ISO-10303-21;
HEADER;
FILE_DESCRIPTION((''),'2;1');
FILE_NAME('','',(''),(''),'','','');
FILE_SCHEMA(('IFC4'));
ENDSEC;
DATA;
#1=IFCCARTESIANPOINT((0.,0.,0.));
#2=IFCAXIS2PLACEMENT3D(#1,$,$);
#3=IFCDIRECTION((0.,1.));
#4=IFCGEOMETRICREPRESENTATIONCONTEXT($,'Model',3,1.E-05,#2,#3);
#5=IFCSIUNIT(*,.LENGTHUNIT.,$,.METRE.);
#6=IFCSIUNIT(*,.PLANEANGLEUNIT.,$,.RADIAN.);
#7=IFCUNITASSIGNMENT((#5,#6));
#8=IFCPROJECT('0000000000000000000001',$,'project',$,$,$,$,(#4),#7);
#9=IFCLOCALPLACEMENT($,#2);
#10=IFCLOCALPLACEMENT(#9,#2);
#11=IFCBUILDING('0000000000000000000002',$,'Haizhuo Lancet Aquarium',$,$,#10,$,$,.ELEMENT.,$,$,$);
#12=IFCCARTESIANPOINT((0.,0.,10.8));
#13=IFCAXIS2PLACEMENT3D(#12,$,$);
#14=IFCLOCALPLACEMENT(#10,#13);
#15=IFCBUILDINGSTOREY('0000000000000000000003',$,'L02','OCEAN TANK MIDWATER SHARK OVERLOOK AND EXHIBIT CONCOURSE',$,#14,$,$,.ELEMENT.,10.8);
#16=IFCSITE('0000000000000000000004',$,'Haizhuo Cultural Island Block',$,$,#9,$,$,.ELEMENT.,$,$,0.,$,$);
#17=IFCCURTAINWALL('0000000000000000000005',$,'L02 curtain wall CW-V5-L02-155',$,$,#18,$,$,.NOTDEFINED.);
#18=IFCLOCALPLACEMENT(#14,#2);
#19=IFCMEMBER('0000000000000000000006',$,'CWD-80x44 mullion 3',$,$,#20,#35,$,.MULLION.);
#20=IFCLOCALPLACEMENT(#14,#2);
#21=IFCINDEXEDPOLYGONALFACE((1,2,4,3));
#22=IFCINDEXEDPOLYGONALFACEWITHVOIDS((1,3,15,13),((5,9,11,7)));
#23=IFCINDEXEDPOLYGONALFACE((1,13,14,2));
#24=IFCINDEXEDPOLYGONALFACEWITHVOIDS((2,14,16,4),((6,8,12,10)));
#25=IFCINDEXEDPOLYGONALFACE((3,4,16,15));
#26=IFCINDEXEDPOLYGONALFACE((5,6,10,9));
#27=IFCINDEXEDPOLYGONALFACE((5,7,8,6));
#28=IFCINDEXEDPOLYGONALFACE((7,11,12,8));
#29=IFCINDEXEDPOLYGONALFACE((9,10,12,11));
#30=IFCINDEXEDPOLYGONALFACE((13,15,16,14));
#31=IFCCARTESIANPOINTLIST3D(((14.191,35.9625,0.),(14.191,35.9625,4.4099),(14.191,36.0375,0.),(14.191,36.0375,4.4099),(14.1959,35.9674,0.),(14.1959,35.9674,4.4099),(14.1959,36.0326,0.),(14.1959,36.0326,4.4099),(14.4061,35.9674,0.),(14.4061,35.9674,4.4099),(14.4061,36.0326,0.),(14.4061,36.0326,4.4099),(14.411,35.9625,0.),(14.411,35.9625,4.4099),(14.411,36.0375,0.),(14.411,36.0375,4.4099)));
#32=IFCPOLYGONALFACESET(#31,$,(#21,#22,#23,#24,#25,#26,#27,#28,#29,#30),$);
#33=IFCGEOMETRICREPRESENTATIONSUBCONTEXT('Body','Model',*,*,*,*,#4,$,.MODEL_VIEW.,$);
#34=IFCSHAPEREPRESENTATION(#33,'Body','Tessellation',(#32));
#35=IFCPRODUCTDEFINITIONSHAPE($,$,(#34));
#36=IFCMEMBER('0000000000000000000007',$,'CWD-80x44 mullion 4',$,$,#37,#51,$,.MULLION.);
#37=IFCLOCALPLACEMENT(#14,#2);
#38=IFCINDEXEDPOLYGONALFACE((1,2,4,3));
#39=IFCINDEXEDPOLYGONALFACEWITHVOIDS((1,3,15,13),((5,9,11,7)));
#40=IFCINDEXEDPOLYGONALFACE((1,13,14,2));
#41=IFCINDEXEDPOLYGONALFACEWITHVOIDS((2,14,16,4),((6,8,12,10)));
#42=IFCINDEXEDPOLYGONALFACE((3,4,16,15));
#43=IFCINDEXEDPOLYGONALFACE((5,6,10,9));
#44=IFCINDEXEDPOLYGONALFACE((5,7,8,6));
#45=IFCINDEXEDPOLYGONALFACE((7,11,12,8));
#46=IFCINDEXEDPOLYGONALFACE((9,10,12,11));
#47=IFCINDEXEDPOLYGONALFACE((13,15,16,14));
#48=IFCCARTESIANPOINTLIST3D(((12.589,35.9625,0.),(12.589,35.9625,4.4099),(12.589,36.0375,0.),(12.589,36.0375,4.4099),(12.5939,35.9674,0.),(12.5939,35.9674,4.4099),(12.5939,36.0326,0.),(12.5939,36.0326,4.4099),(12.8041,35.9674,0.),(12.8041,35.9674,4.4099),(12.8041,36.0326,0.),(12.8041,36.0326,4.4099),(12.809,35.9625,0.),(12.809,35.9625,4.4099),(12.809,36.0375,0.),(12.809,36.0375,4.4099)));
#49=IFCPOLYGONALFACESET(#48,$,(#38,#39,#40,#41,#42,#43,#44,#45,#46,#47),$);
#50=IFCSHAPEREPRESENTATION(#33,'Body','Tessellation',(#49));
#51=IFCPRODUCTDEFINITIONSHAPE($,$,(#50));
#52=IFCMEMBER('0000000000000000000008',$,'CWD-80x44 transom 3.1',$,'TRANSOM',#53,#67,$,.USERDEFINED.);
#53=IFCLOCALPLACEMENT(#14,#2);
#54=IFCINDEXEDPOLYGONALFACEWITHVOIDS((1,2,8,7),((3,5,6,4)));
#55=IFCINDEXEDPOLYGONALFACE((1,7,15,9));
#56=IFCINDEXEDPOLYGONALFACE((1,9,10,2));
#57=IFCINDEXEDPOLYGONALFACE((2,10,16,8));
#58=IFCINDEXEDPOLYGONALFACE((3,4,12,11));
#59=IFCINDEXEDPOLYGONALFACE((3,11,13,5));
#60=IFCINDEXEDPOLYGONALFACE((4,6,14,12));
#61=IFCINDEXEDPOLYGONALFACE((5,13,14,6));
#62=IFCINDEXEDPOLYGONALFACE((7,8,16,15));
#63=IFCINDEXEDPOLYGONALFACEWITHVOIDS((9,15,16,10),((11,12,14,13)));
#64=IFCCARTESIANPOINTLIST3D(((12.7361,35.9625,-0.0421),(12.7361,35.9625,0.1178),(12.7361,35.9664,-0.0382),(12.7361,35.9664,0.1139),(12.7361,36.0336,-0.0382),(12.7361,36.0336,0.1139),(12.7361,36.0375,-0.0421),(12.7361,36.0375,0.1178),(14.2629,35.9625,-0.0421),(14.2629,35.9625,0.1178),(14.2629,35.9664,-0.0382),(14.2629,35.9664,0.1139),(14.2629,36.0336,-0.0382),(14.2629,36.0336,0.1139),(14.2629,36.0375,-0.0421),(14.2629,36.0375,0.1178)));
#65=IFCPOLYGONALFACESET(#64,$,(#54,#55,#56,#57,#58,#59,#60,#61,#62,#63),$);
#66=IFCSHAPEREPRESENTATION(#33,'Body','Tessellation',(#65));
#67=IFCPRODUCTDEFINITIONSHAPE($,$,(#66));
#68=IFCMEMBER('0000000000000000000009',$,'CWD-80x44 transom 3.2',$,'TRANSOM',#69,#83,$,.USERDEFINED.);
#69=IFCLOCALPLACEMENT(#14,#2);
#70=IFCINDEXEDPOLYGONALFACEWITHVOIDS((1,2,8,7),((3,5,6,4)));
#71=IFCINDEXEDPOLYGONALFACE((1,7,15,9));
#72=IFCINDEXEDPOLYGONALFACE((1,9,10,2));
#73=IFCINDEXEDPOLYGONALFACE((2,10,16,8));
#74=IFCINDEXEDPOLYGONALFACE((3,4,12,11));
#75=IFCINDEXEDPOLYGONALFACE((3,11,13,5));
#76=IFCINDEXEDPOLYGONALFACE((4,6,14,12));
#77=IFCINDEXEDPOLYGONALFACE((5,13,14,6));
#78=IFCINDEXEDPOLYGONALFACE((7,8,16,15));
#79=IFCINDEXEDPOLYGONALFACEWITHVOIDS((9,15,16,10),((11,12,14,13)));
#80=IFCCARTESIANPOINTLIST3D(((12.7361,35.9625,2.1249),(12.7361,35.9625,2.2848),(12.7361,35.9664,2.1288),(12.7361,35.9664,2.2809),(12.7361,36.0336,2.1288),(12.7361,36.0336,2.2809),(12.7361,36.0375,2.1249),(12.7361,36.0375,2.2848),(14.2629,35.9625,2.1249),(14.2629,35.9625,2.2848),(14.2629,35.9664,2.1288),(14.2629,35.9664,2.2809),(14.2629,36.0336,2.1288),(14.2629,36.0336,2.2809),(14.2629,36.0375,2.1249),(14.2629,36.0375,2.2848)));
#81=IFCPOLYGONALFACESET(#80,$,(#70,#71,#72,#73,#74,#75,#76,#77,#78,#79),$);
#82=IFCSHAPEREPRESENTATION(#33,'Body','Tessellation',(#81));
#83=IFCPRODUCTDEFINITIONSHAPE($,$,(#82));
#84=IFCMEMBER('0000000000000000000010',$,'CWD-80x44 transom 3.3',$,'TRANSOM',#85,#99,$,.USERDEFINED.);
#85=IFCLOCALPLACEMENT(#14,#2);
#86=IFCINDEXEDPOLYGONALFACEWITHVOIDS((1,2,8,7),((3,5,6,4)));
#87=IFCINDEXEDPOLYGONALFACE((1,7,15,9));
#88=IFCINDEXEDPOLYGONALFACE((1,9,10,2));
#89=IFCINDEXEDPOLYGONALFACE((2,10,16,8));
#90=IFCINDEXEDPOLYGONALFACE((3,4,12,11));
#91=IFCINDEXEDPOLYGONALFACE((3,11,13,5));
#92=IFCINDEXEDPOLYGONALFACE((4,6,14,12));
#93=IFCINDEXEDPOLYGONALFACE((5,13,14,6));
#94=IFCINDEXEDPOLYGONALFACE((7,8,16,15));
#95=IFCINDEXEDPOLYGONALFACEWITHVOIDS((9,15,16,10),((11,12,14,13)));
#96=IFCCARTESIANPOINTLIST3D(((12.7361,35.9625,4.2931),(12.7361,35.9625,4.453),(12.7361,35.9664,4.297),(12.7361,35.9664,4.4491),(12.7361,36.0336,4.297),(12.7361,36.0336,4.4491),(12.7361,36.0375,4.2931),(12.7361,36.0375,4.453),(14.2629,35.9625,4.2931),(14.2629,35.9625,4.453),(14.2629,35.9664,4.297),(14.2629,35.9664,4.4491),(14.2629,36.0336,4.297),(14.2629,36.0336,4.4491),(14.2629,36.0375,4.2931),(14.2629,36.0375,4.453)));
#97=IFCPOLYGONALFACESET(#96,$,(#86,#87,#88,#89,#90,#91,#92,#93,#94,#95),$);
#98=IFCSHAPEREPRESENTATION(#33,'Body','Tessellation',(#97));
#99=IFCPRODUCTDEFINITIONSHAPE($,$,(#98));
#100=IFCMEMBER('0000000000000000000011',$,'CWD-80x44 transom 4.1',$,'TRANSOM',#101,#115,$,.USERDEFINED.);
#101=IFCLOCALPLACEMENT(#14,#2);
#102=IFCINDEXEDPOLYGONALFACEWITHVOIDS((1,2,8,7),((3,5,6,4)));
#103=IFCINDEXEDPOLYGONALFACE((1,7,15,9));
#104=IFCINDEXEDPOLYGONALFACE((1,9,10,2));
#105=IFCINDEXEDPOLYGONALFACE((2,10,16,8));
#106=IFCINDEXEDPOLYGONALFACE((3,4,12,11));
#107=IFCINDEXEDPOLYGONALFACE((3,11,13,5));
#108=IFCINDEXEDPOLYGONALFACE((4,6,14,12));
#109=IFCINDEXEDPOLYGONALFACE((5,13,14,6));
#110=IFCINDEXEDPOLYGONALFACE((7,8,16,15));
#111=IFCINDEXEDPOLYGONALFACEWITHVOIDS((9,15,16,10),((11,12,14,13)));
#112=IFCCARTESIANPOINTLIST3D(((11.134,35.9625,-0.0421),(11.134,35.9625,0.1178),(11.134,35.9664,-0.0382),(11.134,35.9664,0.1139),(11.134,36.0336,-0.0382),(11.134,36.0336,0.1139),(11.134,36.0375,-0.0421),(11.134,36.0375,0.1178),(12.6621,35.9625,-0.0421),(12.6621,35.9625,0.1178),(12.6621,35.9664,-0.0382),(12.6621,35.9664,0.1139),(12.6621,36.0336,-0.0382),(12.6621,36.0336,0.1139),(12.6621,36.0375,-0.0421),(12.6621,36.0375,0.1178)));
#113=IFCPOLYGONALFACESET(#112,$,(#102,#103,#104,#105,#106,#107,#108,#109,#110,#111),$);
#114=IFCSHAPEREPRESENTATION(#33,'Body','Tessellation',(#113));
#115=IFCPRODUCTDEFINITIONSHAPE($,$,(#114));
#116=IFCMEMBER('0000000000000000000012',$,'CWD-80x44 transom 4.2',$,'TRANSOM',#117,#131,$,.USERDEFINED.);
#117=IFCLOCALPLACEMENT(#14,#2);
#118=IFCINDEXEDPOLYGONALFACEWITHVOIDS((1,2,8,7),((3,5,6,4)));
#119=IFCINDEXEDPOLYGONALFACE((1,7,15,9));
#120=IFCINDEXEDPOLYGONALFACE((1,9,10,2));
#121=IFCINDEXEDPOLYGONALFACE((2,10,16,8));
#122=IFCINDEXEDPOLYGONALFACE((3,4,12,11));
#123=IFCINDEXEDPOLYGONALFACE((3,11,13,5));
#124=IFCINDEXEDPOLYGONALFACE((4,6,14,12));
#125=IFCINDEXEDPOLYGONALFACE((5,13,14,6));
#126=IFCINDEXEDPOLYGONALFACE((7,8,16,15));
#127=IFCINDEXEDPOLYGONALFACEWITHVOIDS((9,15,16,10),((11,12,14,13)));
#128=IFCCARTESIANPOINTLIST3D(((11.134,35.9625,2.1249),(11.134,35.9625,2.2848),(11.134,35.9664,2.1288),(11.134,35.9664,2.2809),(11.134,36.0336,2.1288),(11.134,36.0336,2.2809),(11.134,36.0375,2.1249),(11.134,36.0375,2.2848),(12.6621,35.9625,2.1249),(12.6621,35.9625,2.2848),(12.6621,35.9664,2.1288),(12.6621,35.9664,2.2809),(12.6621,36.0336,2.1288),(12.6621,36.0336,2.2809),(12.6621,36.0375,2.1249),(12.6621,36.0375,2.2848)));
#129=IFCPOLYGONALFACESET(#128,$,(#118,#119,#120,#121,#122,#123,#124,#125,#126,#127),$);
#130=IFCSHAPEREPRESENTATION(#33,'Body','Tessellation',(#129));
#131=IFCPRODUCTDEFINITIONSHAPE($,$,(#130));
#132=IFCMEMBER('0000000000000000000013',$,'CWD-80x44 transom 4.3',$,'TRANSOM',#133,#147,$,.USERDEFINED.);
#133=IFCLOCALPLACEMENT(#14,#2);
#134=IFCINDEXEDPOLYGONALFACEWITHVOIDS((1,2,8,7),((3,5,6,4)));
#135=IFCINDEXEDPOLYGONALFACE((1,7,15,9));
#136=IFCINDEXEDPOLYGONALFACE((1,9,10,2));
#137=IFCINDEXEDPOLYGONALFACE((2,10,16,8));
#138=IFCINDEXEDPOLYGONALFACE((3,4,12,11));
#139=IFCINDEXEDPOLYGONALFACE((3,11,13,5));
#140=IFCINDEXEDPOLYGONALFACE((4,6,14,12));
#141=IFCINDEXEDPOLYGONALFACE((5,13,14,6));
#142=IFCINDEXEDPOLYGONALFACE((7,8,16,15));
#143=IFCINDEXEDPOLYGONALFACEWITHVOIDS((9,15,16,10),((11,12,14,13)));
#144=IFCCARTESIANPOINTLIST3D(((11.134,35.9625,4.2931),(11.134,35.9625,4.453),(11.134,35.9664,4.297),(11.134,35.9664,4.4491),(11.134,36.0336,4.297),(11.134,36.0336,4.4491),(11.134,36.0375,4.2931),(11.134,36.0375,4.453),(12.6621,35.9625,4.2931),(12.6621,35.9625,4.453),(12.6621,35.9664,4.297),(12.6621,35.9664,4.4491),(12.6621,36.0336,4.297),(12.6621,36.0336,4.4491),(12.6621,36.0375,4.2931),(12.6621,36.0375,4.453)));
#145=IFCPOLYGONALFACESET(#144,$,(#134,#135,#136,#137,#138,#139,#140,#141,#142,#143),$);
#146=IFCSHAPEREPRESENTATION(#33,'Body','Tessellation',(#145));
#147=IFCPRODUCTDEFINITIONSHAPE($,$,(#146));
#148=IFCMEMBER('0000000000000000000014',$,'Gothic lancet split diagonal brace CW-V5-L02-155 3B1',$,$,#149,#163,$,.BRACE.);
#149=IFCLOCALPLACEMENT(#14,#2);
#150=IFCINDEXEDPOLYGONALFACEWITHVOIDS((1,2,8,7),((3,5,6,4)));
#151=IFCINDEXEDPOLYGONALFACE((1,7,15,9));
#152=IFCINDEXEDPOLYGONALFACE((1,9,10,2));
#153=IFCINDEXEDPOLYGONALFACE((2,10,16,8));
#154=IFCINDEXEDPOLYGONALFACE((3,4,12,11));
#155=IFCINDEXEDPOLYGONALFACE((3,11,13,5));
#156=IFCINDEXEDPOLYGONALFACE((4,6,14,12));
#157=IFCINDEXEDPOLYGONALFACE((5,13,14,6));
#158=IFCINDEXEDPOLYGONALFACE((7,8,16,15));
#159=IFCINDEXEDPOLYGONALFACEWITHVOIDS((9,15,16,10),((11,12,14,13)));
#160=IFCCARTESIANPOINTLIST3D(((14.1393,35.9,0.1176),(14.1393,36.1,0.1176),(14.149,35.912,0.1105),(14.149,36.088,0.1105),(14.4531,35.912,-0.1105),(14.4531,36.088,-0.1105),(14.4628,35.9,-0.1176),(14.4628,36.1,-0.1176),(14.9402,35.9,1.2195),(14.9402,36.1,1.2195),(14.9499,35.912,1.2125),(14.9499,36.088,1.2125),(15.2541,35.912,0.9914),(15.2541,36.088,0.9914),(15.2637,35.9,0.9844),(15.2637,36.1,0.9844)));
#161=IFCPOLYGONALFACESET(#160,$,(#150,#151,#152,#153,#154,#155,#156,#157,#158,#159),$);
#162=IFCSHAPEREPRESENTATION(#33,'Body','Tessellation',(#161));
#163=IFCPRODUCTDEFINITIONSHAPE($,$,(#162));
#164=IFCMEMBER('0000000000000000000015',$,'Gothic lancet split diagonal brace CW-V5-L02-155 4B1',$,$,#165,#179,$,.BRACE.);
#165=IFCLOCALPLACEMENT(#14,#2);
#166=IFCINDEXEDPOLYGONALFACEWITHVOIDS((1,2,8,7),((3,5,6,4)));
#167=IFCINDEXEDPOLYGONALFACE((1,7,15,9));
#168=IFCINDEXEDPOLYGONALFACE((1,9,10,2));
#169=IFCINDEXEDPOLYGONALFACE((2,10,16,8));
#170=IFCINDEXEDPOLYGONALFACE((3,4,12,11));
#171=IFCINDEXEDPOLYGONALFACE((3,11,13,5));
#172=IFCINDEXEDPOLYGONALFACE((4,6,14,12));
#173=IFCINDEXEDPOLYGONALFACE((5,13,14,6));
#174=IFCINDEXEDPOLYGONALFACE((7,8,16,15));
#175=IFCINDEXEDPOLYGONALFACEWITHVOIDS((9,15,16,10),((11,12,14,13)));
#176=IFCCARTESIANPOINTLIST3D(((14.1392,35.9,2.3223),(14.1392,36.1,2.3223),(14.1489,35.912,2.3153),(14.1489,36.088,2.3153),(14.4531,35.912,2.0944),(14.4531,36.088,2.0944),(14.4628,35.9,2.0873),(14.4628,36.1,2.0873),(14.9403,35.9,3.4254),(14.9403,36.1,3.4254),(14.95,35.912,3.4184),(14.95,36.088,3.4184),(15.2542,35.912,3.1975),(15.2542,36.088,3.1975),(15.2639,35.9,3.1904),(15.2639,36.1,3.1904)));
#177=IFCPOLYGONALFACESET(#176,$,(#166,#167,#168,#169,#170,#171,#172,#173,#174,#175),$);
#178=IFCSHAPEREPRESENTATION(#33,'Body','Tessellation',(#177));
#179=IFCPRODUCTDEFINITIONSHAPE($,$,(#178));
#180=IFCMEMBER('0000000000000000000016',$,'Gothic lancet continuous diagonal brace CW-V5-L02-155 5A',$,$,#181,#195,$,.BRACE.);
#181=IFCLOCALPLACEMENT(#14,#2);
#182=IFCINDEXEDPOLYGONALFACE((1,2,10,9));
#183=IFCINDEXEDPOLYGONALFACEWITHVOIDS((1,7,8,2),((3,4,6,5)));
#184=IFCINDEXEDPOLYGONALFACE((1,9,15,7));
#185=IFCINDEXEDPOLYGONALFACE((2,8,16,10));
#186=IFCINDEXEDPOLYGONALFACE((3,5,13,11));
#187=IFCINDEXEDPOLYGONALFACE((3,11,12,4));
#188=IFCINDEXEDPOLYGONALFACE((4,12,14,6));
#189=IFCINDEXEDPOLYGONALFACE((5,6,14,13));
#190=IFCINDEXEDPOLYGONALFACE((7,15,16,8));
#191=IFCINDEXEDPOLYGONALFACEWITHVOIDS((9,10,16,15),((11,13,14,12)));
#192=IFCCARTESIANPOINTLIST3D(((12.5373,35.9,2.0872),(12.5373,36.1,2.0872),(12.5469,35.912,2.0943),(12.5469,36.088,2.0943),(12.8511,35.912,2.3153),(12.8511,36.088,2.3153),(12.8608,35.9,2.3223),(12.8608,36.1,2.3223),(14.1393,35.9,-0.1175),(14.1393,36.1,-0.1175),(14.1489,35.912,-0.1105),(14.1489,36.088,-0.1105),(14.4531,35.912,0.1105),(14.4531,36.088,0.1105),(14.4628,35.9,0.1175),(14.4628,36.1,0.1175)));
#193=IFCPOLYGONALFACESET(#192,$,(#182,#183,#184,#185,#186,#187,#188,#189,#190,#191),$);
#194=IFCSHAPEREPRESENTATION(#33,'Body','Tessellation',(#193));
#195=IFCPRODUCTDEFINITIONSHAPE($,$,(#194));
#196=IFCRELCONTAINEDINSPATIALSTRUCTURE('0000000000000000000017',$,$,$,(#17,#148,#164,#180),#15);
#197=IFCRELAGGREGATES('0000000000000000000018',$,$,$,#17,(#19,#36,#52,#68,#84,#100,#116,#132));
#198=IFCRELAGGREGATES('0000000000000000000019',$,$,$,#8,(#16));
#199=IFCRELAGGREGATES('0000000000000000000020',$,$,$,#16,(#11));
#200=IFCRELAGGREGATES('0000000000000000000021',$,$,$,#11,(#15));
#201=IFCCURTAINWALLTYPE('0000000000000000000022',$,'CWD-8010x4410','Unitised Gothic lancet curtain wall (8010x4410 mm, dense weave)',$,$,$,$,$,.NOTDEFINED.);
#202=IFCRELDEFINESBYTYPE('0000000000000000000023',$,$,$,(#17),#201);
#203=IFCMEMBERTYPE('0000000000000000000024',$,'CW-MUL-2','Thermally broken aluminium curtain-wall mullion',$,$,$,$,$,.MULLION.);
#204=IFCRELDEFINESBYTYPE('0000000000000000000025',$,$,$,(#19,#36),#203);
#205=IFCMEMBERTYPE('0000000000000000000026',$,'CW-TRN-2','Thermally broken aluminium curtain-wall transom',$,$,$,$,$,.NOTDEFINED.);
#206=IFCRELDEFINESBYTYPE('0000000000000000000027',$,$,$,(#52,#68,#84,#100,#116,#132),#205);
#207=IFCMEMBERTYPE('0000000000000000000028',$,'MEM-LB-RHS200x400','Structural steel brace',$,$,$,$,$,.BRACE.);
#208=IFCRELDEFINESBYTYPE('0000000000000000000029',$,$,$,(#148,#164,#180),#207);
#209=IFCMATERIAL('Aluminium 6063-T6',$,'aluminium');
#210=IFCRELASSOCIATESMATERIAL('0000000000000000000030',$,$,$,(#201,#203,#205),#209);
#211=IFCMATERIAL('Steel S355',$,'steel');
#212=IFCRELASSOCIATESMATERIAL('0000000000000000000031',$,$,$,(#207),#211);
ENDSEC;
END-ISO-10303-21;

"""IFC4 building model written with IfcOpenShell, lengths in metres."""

from ifc_helpers import new_model, si_unit, direction, frame, origin, origin_2d, place, context, subcontext, project, spatial, hollow_rectangle, extrude, material, material_profile, profile_set, type_object, element, aggregate, save


model = new_model("IFC4")

# Units and contexts
model_context = context("Model", 3, precision=1e-05, world=origin(), true_north=direction((0.0, 1.0)))
body_context = subcontext(model_context, "Body", "Model", "MODEL_VIEW")
ifc_project = project(units=[si_unit("LENGTHUNIT", "METRE"), si_unit("PLANEANGLEUNIT", "RADIAN")], contexts=[model_context])

# Site, building, storey
site_placement = place(None, origin())
site = spatial("IfcSite", under=ifc_project, at=site_placement, Name="Haizhuo Cultural Island Block", CompositionType="ELEMENT", RefElevation=0.0)
building_placement = place(site_placement, origin())
building = spatial("IfcBuilding", under=site, at=building_placement, Name="Haizhuo Lancet Aquarium", CompositionType="ELEMENT")
storey_placement = place(building_placement, frame((0.0, 0.0, 10.8)))
storey = spatial("IfcBuildingStorey", under=building, at=storey_placement, Name="L02", Description="OCEAN TANK MIDWATER SHARK OVERLOOK AND EXHIBIT CONCOURSE", CompositionType="ELEMENT", Elevation=10.8)

# Curtain wall, members
ifc_material_1 = material(Name="Aluminium 6063-T6", Category="aluminium")
curtain_wall_type = type_object("IfcCurtainWallType", Name="CWD-8010x4410", Description="Unitised Gothic lancet curtain wall (8010x4410 mm, dense weave)", PredefinedType="NOTDEFINED", material=ifc_material_1)
curtain_wall_placement = place(storey_placement, origin())
curtain_wall = element("IfcCurtainWall", 1, at=curtain_wall_placement, inside=storey, type_object=curtain_wall_type, Name="L02 curtain wall CW-V5-L02-155", PredefinedType="NOTDEFINED")
ifc_material_profile_1 = material_profile(ifc_material_1, hollow_rectangle(XDim=0.075, YDim=0.22, WallThickness=0.0049, at=origin_2d()), Name="ALU-M 75x220x5")
ifc_profile_set_1 = profile_set([ifc_material_profile_1], Name="Aluminium 6063-T6")
member_type_1 = type_object("IfcMemberType", Name="CW-MUL-2", Description="Thermally broken aluminium curtain-wall mullion", PredefinedType="MULLION", material=ifc_profile_set_1)
member_1_placement = place(storey_placement, frame((14.301, 36.0, 0.0), z_axis=(0.0, 0.0, 1.0), x_axis=(0.0, -1.0, 0.0)))
member_1 = element("IfcMember", 2, at=member_1_placement, type_object=member_type_1, Name="CWD-80x44 mullion 3", PredefinedType="MULLION", context=body_context, shape_type="SweptSolid", body=[
    extrude(hollow_rectangle(XDim=0.075, YDim=0.22, WallThickness=0.0049, at=origin_2d()), origin(), (0.0, 0.0, 1.0), 4.4099),
])
member_2_placement = place(storey_placement, frame((12.699, 36.0, 0.0), z_axis=(0.0, 0.0, 1.0), x_axis=(0.0, -1.0, 0.0)))
member_2 = element("IfcMember", 3, at=member_2_placement, type_object=member_type_1, Name="CWD-80x44 mullion 4", PredefinedType="MULLION", context=body_context, shape_type="SweptSolid", body=[
    extrude(hollow_rectangle(XDim=0.075, YDim=0.22, WallThickness=0.0049, at=origin_2d()), origin(), (0.0, 0.0, 1.0), 4.4099),
])
ifc_material_profile_2 = material_profile(ifc_material_1, hollow_rectangle(XDim=0.075, YDim=0.1599, WallThickness=0.0039, at=origin_2d()), Name="ALU-T 75x160x4")
ifc_profile_set_2 = profile_set([ifc_material_profile_2], Name="Aluminium 6063-T6")
member_type_2 = type_object("IfcMemberType", Name="CW-TRN-2", Description="Thermally broken aluminium curtain-wall transom", PredefinedType="NOTDEFINED", material=ifc_profile_set_2)
member_3_placement = place(storey_placement, frame((14.2629, 36.0, 0.0378), z_axis=(-1.0, 0.0, 0.0), x_axis=(0.0, -1.0, 0.0)))
member_3 = element("IfcMember", 4, at=member_3_placement, type_object=member_type_2, Name="CWD-80x44 transom 3.1", ObjectType="TRANSOM", PredefinedType="USERDEFINED", context=body_context, shape_type="SweptSolid", body=[
    extrude(hollow_rectangle(XDim=0.075, YDim=0.1599, WallThickness=0.0039, at=origin_2d()), origin(), (0.0, 0.0, 1.0), 1.5269),
])
member_4_placement = place(storey_placement, frame((14.2629, 36.0, 2.2048), z_axis=(-1.0, 0.0, 0.0), x_axis=(0.0, -1.0, 0.0)))
member_4 = element("IfcMember", 5, at=member_4_placement, type_object=member_type_2, Name="CWD-80x44 transom 3.2", ObjectType="TRANSOM", PredefinedType="USERDEFINED", context=body_context, shape_type="SweptSolid", body=[
    extrude(hollow_rectangle(XDim=0.075, YDim=0.1599, WallThickness=0.0039, at=origin_2d()), origin(), (0.0, 0.0, 1.0), 1.5269),
])
member_5_placement = place(storey_placement, frame((14.2629, 36.0, 4.373), z_axis=(-1.0, 0.0, 0.0), x_axis=(0.0, -1.0, 0.0)))
member_5 = element("IfcMember", 6, at=member_5_placement, type_object=member_type_2, Name="CWD-80x44 transom 3.3", ObjectType="TRANSOM", PredefinedType="USERDEFINED", context=body_context, shape_type="SweptSolid", body=[
    extrude(hollow_rectangle(XDim=0.075, YDim=0.1599, WallThickness=0.0039, at=origin_2d()), origin(), (0.0, 0.0, 1.0), 1.5269),
])
member_6_placement = place(storey_placement, frame((12.6621, 36.0, 0.0378), z_axis=(-1.0, 0.0, 0.0), x_axis=(0.0, -1.0, 0.0)))
member_6 = element("IfcMember", 7, at=member_6_placement, type_object=member_type_2, Name="CWD-80x44 transom 4.1", ObjectType="TRANSOM", PredefinedType="USERDEFINED", context=body_context, shape_type="SweptSolid", body=[
    extrude(hollow_rectangle(XDim=0.075, YDim=0.1599, WallThickness=0.0039, at=origin_2d()), origin(), (0.0, 0.0, 1.0), 1.5281),
])
member_7_placement = place(storey_placement, frame((12.6621, 36.0, 2.2048), z_axis=(-1.0, 0.0, 0.0), x_axis=(0.0, -1.0, 0.0)))
member_7 = element("IfcMember", 8, at=member_7_placement, type_object=member_type_2, Name="CWD-80x44 transom 4.2", ObjectType="TRANSOM", PredefinedType="USERDEFINED", context=body_context, shape_type="SweptSolid", body=[
    extrude(hollow_rectangle(XDim=0.075, YDim=0.1599, WallThickness=0.0039, at=origin_2d()), origin(), (0.0, 0.0, 1.0), 1.5281),
])
member_8_placement = place(storey_placement, frame((12.6621, 36.0, 4.373), z_axis=(-1.0, 0.0, 0.0), x_axis=(0.0, -1.0, 0.0)))
member_8 = element("IfcMember", 9, at=member_8_placement, type_object=member_type_2, Name="CWD-80x44 transom 4.3", ObjectType="TRANSOM", PredefinedType="USERDEFINED", context=body_context, shape_type="SweptSolid", body=[
    extrude(hollow_rectangle(XDim=0.075, YDim=0.1599, WallThickness=0.0039, at=origin_2d()), origin(), (0.0, 0.0, 1.0), 1.5281),
])

# Members
ifc_material_2 = material(Name="Steel S355", Category="steel")
ifc_material_profile_3 = material_profile(ifc_material_2, hollow_rectangle(XDim=0.2, YDim=0.3999, WallThickness=0.012, at=origin_2d()), Name="RHS 200x400x12")
ifc_profile_set_3 = profile_set([ifc_material_profile_3], Name="Steel S355")
member_type_3 = type_object("IfcMemberType", Name="MEM-LB-RHS200x400", Description="Structural steel brace", PredefinedType="BRACE", material=ifc_profile_set_3)
member_9_placement = place(storey_placement, frame((14.301, 36.0, 0.0), z_axis=(0.587948, 0.0, 0.808899), x_axis=(0.0, 1.0, 0.0)))
element("IfcMember", 10, at=member_9_placement, inside=storey, type_object=member_type_3, Name="Gothic lancet split diagonal brace CW-V5-L02-155 3B1", PredefinedType="BRACE", context=body_context, shape_type="SweptSolid", body=[
    extrude(hollow_rectangle(XDim=0.2, YDim=0.3999, WallThickness=0.012, at=origin_2d()), origin(), (0.0, 0.0, 1.0), 1.3623),
])
member_10_placement = place(storey_placement, frame((14.301, 36.0, 2.2048), z_axis=(0.587607, 0.0, 0.809146), x_axis=(0.0, 1.0, 0.0)))
element("IfcMember", 11, at=member_10_placement, inside=storey, type_object=member_type_3, Name="Gothic lancet split diagonal brace CW-V5-L02-155 4B1", PredefinedType="BRACE", context=body_context, shape_type="SweptSolid", body=[
    extrude(hollow_rectangle(XDim=0.2, YDim=0.3999, WallThickness=0.012, at=origin_2d()), origin(), (0.0, 0.0, 1.0), 1.3633),
])
member_11_placement = place(storey_placement, frame((14.301, 36.0, 0.0), z_axis=(-0.58782, 0.0, 0.808992), x_axis=(0.0, -1.0, 0.0)))
element("IfcMember", 12, at=member_11_placement, inside=storey, type_object=member_type_3, Name="Gothic lancet continuous diagonal brace CW-V5-L02-155 5A", PredefinedType="BRACE", context=body_context, shape_type="SweptSolid", body=[
    extrude(hollow_rectangle(XDim=0.2, YDim=0.3999, WallThickness=0.012, at=origin_2d()), origin(), (0.0, 0.0, 1.0), 2.7253),
])

aggregate(curtain_wall, [member_1, member_2, member_3, member_4, member_5, member_6, member_7, member_8])

save(model, "model.ifc")
